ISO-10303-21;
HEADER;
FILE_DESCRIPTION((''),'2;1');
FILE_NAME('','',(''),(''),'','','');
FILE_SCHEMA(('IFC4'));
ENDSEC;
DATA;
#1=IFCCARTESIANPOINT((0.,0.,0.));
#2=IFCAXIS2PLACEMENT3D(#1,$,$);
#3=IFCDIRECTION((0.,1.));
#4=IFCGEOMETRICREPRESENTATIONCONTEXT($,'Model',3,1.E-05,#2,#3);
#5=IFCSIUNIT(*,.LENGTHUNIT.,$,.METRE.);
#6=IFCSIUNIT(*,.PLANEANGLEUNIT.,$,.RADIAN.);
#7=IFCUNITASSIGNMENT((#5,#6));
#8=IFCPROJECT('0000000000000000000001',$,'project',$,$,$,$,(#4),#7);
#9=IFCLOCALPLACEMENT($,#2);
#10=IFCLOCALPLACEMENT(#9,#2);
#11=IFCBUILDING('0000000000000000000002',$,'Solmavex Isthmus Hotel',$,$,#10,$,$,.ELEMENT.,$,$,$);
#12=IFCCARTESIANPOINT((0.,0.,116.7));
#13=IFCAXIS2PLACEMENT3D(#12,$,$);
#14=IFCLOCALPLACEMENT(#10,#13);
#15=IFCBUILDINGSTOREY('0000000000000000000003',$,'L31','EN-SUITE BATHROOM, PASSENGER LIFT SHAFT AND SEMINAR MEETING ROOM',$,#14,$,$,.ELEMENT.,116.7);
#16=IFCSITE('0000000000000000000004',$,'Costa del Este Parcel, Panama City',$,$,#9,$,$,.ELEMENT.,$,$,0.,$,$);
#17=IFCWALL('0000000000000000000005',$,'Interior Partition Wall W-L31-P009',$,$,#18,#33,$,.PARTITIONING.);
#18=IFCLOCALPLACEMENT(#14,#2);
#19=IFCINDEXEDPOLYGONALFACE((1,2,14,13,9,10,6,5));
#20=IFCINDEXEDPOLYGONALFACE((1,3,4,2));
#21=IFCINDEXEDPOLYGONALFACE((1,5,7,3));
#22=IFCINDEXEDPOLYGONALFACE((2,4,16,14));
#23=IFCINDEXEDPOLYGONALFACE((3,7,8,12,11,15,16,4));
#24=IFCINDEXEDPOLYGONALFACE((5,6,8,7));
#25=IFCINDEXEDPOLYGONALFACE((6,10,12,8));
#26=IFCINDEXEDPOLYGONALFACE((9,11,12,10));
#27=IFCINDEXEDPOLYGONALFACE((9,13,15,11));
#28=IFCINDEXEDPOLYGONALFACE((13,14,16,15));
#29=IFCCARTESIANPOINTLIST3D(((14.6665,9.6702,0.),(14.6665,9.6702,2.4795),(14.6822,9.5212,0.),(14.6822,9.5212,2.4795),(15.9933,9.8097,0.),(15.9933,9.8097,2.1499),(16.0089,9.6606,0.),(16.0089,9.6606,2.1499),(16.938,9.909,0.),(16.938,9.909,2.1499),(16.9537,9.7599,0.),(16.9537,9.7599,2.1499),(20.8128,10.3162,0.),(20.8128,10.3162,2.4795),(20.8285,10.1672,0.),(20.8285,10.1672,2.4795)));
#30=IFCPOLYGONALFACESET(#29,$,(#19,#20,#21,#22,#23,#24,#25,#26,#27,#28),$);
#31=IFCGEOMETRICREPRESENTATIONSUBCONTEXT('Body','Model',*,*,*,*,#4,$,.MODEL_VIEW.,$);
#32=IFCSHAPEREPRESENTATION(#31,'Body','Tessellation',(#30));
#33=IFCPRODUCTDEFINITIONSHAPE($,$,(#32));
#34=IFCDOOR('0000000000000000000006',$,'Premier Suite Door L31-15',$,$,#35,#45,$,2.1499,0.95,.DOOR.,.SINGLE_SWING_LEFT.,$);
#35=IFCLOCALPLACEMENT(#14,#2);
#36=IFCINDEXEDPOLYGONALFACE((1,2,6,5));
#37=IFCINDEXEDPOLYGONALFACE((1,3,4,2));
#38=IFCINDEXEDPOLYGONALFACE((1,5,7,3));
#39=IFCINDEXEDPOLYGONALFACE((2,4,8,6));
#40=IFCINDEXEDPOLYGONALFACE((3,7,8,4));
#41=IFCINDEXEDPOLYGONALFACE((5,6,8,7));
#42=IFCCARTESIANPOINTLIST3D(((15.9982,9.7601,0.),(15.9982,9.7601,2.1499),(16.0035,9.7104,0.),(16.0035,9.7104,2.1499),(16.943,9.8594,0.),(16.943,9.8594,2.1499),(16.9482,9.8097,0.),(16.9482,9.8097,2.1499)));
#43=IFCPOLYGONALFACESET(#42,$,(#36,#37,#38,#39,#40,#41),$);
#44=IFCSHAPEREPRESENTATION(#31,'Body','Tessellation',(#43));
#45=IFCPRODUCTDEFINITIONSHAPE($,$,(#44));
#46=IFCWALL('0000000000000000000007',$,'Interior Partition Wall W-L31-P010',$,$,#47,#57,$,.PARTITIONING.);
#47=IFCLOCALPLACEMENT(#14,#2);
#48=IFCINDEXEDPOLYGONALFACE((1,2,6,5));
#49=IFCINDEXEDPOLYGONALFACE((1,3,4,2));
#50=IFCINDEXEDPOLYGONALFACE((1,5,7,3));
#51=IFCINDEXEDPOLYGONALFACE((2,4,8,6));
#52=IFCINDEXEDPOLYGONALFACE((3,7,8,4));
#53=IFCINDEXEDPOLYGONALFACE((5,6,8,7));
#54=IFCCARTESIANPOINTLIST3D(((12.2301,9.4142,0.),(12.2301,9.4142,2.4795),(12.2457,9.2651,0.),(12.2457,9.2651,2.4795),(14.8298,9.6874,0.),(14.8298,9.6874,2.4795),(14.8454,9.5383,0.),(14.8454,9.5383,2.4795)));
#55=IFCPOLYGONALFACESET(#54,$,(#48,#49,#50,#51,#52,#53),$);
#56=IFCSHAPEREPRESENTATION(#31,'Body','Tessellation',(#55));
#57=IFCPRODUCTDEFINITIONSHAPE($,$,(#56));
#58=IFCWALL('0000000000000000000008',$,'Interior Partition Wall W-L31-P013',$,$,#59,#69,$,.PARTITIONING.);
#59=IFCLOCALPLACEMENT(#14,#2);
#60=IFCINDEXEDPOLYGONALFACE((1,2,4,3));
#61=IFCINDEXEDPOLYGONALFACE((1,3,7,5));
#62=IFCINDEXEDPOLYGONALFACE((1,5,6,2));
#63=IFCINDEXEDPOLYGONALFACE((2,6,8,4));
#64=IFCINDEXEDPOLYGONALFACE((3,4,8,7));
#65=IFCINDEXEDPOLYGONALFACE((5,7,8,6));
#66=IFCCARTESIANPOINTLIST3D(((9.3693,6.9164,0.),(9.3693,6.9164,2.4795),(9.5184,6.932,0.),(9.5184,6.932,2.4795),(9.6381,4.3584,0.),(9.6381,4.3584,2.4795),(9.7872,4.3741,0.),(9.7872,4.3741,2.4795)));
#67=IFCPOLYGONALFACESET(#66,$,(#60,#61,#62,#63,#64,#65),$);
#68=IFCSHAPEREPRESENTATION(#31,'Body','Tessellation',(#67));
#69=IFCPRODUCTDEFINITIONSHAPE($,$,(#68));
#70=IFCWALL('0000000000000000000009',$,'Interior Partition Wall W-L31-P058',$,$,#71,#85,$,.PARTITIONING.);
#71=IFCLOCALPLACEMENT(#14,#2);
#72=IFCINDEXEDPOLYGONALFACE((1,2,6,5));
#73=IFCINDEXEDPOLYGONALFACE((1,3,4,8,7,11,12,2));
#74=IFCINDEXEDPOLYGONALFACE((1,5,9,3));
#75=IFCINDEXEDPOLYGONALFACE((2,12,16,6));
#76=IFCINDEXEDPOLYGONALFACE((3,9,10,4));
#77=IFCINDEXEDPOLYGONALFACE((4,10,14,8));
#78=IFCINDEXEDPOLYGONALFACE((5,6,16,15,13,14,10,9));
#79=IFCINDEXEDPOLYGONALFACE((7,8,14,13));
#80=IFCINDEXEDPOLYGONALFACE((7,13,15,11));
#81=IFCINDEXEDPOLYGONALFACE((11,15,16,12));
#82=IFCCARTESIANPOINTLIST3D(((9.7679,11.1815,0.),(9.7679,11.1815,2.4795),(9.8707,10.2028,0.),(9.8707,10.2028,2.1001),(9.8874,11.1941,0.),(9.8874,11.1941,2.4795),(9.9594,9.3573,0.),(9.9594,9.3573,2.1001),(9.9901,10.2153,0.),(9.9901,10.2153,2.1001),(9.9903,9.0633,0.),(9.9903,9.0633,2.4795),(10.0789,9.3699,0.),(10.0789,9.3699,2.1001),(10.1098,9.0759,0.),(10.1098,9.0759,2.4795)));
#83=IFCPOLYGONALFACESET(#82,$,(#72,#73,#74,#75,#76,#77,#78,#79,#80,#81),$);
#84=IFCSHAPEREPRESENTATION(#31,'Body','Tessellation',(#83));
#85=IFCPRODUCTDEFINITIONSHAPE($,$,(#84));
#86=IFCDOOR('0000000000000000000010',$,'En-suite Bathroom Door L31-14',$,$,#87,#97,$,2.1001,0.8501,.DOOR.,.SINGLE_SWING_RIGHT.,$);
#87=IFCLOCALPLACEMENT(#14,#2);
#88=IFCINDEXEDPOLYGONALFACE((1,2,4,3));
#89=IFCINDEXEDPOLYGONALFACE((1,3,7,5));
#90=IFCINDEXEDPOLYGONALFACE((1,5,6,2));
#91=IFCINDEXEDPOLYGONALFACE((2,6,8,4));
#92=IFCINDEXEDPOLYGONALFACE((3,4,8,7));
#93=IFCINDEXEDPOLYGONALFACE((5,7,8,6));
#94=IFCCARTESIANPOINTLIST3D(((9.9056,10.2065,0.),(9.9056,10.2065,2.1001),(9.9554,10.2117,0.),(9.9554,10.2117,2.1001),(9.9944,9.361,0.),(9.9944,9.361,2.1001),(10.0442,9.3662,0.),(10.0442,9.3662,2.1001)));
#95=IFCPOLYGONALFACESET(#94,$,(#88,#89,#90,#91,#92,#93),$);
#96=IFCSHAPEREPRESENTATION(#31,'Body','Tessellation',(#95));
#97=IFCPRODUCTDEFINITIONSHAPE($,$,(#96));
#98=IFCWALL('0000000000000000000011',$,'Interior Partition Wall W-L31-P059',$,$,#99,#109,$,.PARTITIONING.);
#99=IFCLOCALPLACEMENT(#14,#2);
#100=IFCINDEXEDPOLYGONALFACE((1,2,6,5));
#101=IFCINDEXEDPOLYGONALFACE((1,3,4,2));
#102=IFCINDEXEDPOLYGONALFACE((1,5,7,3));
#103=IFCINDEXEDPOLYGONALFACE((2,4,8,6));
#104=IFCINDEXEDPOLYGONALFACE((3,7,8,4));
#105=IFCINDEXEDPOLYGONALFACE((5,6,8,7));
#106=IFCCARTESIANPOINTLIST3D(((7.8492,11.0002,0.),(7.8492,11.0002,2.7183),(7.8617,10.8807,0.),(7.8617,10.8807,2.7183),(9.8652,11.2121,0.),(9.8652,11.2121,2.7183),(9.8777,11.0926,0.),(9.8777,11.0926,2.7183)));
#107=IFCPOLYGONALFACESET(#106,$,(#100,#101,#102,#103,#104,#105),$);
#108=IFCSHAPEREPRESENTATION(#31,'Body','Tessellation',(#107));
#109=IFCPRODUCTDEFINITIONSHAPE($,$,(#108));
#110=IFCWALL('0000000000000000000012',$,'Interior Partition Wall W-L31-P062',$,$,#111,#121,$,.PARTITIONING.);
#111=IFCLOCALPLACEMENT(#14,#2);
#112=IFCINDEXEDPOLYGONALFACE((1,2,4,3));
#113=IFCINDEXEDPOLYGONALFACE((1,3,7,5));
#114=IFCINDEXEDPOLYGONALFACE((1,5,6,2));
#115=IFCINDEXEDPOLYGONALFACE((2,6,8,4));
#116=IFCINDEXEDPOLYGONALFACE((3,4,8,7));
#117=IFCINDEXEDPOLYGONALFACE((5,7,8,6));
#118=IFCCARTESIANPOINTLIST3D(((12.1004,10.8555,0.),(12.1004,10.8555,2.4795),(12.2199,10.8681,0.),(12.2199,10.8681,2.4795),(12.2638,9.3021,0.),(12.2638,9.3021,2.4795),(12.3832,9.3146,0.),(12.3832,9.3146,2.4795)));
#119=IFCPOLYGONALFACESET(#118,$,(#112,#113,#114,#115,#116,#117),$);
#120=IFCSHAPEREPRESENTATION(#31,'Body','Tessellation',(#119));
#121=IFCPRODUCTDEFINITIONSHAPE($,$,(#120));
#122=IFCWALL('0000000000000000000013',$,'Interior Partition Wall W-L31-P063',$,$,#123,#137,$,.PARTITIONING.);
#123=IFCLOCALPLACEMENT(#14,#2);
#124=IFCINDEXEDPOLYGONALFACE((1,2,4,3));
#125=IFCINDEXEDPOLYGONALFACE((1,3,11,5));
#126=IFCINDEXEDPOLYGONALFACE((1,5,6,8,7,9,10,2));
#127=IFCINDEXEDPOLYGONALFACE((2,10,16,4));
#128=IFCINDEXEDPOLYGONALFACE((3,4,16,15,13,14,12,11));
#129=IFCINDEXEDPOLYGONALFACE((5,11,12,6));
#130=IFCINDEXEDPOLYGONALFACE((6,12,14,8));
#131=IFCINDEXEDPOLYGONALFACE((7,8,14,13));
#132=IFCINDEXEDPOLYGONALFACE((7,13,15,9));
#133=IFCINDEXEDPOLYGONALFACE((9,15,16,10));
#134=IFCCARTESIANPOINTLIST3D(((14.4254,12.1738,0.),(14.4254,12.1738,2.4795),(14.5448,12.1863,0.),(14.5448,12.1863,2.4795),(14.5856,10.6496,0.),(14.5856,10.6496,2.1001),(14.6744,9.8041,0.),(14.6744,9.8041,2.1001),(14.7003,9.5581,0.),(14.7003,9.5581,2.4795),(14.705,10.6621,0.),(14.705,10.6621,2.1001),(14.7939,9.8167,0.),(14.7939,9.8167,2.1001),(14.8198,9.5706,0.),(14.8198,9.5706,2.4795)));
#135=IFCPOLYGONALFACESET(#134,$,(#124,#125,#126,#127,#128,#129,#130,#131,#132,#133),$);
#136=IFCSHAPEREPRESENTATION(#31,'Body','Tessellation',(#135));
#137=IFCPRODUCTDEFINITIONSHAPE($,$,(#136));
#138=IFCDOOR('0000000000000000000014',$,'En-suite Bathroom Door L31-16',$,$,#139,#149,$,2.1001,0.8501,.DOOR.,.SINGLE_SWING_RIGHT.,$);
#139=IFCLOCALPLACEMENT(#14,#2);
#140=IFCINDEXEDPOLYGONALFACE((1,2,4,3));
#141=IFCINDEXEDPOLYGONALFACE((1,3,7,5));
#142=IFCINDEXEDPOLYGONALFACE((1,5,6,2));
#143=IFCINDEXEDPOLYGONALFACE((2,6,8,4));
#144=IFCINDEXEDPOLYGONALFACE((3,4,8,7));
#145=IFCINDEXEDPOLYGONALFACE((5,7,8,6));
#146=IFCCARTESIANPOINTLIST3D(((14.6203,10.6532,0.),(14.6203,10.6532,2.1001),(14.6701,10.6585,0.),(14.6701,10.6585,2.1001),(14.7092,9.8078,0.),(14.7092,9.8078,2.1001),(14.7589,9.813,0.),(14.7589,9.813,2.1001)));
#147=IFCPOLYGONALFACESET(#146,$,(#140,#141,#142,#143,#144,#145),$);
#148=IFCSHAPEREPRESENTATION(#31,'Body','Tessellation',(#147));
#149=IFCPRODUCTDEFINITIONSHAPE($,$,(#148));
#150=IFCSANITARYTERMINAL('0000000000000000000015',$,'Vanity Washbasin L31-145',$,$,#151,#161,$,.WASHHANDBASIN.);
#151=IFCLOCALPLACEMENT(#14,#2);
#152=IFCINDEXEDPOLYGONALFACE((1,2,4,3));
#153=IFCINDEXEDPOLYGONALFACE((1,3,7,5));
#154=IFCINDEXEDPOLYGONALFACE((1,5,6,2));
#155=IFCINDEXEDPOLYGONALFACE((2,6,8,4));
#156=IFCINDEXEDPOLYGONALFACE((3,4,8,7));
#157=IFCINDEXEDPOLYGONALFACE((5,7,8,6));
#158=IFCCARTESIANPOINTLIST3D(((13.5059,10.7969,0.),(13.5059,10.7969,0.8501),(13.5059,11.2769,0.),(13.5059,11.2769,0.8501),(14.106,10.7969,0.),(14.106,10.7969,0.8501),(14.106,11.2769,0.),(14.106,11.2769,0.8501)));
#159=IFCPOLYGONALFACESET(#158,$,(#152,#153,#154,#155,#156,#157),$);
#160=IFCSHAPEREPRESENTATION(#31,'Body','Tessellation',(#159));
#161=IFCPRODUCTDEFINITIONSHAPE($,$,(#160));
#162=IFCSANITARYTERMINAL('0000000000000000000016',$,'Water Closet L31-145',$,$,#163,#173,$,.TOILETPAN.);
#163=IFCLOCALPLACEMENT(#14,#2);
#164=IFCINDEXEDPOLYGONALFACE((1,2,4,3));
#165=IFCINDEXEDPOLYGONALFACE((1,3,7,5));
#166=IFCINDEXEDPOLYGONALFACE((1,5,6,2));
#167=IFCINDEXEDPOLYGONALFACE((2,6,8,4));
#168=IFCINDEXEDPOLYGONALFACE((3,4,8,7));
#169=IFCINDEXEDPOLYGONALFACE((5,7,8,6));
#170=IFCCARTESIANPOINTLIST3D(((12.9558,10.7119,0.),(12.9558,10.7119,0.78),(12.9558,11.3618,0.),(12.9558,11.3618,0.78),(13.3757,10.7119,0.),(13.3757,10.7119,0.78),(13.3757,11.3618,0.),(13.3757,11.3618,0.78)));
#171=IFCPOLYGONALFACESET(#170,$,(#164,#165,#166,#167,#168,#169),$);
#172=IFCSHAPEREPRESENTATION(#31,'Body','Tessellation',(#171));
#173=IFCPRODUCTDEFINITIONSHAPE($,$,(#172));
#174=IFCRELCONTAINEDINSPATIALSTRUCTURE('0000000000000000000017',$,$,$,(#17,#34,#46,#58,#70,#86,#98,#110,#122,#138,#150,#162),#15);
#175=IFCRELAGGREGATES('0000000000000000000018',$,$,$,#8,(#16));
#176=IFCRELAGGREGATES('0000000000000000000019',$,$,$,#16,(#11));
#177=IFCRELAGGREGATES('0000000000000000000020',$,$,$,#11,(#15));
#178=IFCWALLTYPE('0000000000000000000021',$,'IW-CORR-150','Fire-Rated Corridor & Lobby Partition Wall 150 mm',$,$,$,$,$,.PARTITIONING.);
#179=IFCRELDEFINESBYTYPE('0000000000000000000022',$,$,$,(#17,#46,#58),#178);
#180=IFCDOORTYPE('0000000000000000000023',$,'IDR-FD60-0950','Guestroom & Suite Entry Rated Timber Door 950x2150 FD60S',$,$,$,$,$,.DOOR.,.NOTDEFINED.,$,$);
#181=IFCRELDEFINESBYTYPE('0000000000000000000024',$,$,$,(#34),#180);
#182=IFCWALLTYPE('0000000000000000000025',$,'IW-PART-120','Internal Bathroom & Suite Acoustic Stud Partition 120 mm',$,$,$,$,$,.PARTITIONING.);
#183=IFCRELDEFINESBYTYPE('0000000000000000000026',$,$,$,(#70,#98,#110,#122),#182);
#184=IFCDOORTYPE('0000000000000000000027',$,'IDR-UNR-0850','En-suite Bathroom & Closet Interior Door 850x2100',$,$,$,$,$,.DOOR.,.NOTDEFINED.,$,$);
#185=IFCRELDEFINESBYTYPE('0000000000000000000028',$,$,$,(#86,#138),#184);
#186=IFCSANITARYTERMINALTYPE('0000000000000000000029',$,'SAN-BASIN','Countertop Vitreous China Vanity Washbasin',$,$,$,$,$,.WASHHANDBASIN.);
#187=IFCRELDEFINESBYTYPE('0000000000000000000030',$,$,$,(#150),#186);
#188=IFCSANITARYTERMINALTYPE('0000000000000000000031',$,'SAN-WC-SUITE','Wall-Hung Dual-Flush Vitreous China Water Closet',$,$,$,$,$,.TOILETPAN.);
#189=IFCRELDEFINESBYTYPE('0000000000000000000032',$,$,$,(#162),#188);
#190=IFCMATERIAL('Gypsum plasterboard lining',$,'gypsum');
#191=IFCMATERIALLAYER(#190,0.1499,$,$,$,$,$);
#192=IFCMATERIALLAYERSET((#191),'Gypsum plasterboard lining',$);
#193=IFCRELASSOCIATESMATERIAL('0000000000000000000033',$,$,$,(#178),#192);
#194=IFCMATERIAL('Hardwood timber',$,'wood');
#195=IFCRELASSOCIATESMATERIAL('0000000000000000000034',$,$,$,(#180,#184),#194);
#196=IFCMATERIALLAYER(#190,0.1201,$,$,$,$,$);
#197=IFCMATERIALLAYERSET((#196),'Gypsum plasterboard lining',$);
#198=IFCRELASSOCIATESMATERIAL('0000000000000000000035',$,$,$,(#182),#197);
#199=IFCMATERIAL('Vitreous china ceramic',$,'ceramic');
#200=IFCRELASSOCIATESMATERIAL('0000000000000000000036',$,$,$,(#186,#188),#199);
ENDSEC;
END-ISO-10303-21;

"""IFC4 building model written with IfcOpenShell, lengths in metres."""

from ifc_helpers import new_model, si_unit, direction, frame, frame_2d, origin, origin_2d, place, context, subcontext, project, spatial, rectangle, extrude, material, layer, layer_set, type_object, element, fill, save


model = new_model("IFC4")

# Units and contexts
model_context = context("Model", 3, precision=1e-05, world=origin(), true_north=direction((0.0, 1.0)))
body_context = subcontext(model_context, "Body", "Model", "MODEL_VIEW")
ifc_project = project(units=[si_unit("LENGTHUNIT", "METRE"), si_unit("PLANEANGLEUNIT", "RADIAN")], contexts=[model_context])

# Site, building, storey
site_placement = place(None, origin())
site = spatial("IfcSite", under=ifc_project, at=site_placement, Name="Costa del Este Parcel, Panama City", CompositionType="ELEMENT", RefElevation=0.0)
building_placement = place(site_placement, origin())
building = spatial("IfcBuilding", under=site, at=building_placement, Name="Solmavex Isthmus Hotel", CompositionType="ELEMENT")
storey_placement = place(building_placement, frame((0.0, 0.0, 116.7)))
storey = spatial("IfcBuildingStorey", under=building, at=storey_placement, Name="L31", Description="EN-SUITE BATHROOM, PASSENGER LIFT SHAFT AND SEMINAR MEETING ROOM", CompositionType="ELEMENT", Elevation=116.7)

# Shared definitions
ifc_material_1 = material(Name="Gypsum plasterboard lining", Category="gypsum")
ifc_layer_1 = layer(ifc_material_1, 0.1499)
ifc_layer_set_1 = layer_set([ifc_layer_1], Name="Gypsum plasterboard lining")
wall_type_1 = type_object("IfcWallType", Name="IW-CORR-150", Description="Fire-Rated Corridor & Lobby Partition Wall 150 mm", PredefinedType="PARTITIONING", material=ifc_layer_set_1)
ifc_material_2 = material(Name="Hardwood timber", Category="wood")
door_type_1 = type_object("IfcDoorType", Name="IDR-FD60-0950", Description="Guestroom & Suite Entry Rated Timber Door 950x2150 FD60S", OperationType="NOTDEFINED", PredefinedType="DOOR", material=ifc_material_2)

# Wall, opening, door
wall_1_placement = place(storey_placement, frame((14.6743, 9.5957, 0.0), z_axis=(0.0, 0.0, 1.0), x_axis=(0.994522, 0.104528, 0.0)))
wall_1 = element("IfcWall", 1, at=wall_1_placement, inside=storey, type_object=wall_type_1, Name="Interior Partition Wall W-L31-P009", PredefinedType="PARTITIONING", context=body_context, shape_type="SweptSolid", body=[
    extrude(rectangle(XDim=6.1802, YDim=0.1499, at=frame_2d((3.0901, 0.0))), origin(), (0.0, 0.0, 1.0), 2.4795),
])
opening_1_placement = place(wall_1_placement, frame((1.334, 0.0, 0.0)))
opening_1 = element("IfcOpeningElement", 2, at=opening_1_placement, cuts=wall_1, PredefinedType="OPENING", context=body_context, shape_type="SweptSolid", body=[
    extrude(rectangle(XDim=0.95, YDim=2.1499, at=frame_2d((0.4751, 1.075))), frame((0.0, 0.085, 0.0), z_axis=(0.0, -1.0, 0.0), x_axis=(1.0, 0.0, 0.0)), (0.0, 0.0, 1.0), 0.1699),
])
door_1_placement = place(opening_1_placement, frame((0.95, 0.0, 0.0), z_axis=(0.0, 0.0, 1.0), x_axis=(-1.0, 0.0, 0.0)))
door_1 = element("IfcDoor", 3, at=door_1_placement, inside=storey, type_object=door_type_1, Name="Premier Suite Door L31-15", OperationType="SINGLE_SWING_LEFT", OverallHeight=2.1499, OverallWidth=0.95, PredefinedType="DOOR", context=body_context, shape_type="SweptSolid", body=[
    extrude(rectangle(XDim=0.95, YDim=2.1499, at=frame_2d((0.4751, 1.075))), frame((0.0, 0.0249, 0.0), z_axis=(0.0, -1.0, 0.0), x_axis=(1.0, 0.0, 0.0)), (0.0, 0.0, 1.0), 0.05),
])
fill(opening_1, door_1)

# Walls
wall_2_placement = place(storey_placement, frame((12.2378, 9.3396, 0.0), z_axis=(0.0, 0.0, 1.0), x_axis=(0.994523, 0.104515, 0.0)))
element("IfcWall", 4, at=wall_2_placement, inside=storey, type_object=wall_type_1, Name="Interior Partition Wall W-L31-P010", PredefinedType="PARTITIONING", context=body_context, shape_type="SweptSolid", body=[
    extrude(rectangle(XDim=2.614, YDim=0.1499, at=frame_2d((1.3071, 0.0))), origin(), (0.0, 0.0, 1.0), 2.4795),
])
wall_3_placement = place(storey_placement, frame((9.4438, 6.9243, 0.0), z_axis=(0.0, 0.0, 1.0), x_axis=(0.104512, -0.994524, 0.0)))
element("IfcWall", 5, at=wall_3_placement, inside=storey, type_object=wall_type_1, Name="Interior Partition Wall W-L31-P013", PredefinedType="PARTITIONING", context=body_context, shape_type="SweptSolid", body=[
    extrude(rectangle(XDim=2.572, YDim=0.1499, at=frame_2d((1.2861, 0.0))), origin(), (0.0, 0.0, 1.0), 2.4795),
])

# Wall, opening, door
ifc_layer_2 = layer(ifc_material_1, 0.1201)
ifc_layer_set_2 = layer_set([ifc_layer_2], Name="Gypsum plasterboard lining")
wall_type_2 = type_object("IfcWallType", Name="IW-PART-120", Description="Internal Bathroom & Suite Acoustic Stud Partition 120 mm", PredefinedType="PARTITIONING", material=ifc_layer_set_2)
wall_4_placement = place(storey_placement, frame((10.05, 9.0696, 0.0), z_axis=(0.0, 0.0, 1.0), x_axis=(-0.104428, 0.994532, 0.0)))
wall_4 = element("IfcWall", 6, at=wall_4_placement, inside=storey, type_object=wall_type_2, Name="Interior Partition Wall W-L31-P058", PredefinedType="PARTITIONING", context=body_context, shape_type="SweptSolid", body=[
    extrude(rectangle(XDim=2.1299, YDim=0.1201, at=frame_2d((1.0649, 0.0))), origin(), (0.0, 0.0, 1.0), 2.4795),
])
opening_2_placement = place(wall_4_placement, frame((0.2957, 0.0, 0.0)))
opening_2 = element("IfcOpeningElement", 7, at=opening_2_placement, cuts=wall_4, PredefinedType="OPENING", context=body_context, shape_type="SweptSolid", body=[
    extrude(rectangle(XDim=0.8501, YDim=2.1001, at=frame_2d((0.425, 1.05))), frame((0.0, 0.0701, 0.0), z_axis=(0.0, -1.0, 0.0), x_axis=(1.0, 0.0, 0.0)), (0.0, 0.0, 1.0), 0.1401),
])
door_type_2 = type_object("IfcDoorType", Name="IDR-UNR-0850", Description="En-suite Bathroom & Closet Interior Door 850x2100", OperationType="NOTDEFINED", PredefinedType="DOOR", material=ifc_material_2)
door_2_placement = place(opening_2_placement, origin())
door_2 = element("IfcDoor", 8, at=door_2_placement, inside=storey, type_object=door_type_2, Name="En-suite Bathroom Door L31-14", OperationType="SINGLE_SWING_RIGHT", OverallHeight=2.1001, OverallWidth=0.8501, PredefinedType="DOOR", context=body_context, shape_type="SweptSolid", body=[
    extrude(rectangle(XDim=0.8501, YDim=2.1001, at=frame_2d((0.425, 1.05))), frame((0.0, 0.0249, 0.0), z_axis=(0.0, -1.0, 0.0), x_axis=(1.0, 0.0, 0.0)), (0.0, 0.0, 1.0), 0.05),
])
fill(opening_2, door_2)

# Walls
wall_5_placement = place(storey_placement, frame((9.8716, 11.1523, 0.0), z_axis=(0.0, 0.0, 1.0), x_axis=(-0.994521, -0.104534, 0.0)))
element("IfcWall", 9, at=wall_5_placement, inside=storey, type_object=wall_type_2, Name="Interior Partition Wall W-L31-P059", PredefinedType="PARTITIONING", context=body_context, shape_type="SweptSolid", body=[
    extrude(rectangle(XDim=2.0271, YDim=0.1201, at=frame_2d((1.0137, 0.0))), origin(), (0.0, 0.0, 1.0), 2.7183),
])
wall_6_placement = place(storey_placement, frame((12.1602, 10.8618, 0.0), z_axis=(0.0, 0.0, 1.0), x_axis=(0.104563, -0.994518, 0.0)))
element("IfcWall", 10, at=wall_6_placement, inside=storey, type_object=wall_type_2, Name="Interior Partition Wall W-L31-P062", PredefinedType="PARTITIONING", context=body_context, shape_type="SweptSolid", body=[
    extrude(rectangle(XDim=1.562, YDim=0.1201, at=frame_2d((0.781, 0.0))), origin(), (0.0, 0.0, 1.0), 2.4795),
])

# Wall, opening, door
wall_7_placement = place(storey_placement, frame((14.76, 9.5645, 0.0), z_axis=(0.0, 0.0, 1.0), x_axis=(-0.10452, 0.994523, 0.0)))
wall_7 = element("IfcWall", 11, at=wall_7_placement, inside=storey, type_object=wall_type_2, Name="Interior Partition Wall W-L31-P063", PredefinedType="PARTITIONING", context=body_context, shape_type="SweptSolid", body=[
    extrude(rectangle(XDim=2.6301, YDim=0.1201, at=frame_2d((1.3149, 0.0))), origin(), (0.0, 0.0, 1.0), 2.4795),
])
opening_3_placement = place(wall_7_placement, frame((0.2473, 0.0, 0.0)))
opening_3 = element("IfcOpeningElement", 12, at=opening_3_placement, cuts=wall_7, PredefinedType="OPENING", context=body_context, shape_type="SweptSolid", body=[
    extrude(rectangle(XDim=0.8501, YDim=2.1001, at=frame_2d((0.425, 1.05))), frame((0.0, 0.0701, 0.0), z_axis=(0.0, -1.0, 0.0), x_axis=(1.0, 0.0, 0.0)), (0.0, 0.0, 1.0), 0.1401),
])
door_3_placement = place(opening_3_placement, frame((0.8501, 0.0, 0.0), z_axis=(0.0, 0.0, 1.0), x_axis=(-1.0, 0.0, 0.0)))
door_3 = element("IfcDoor", 13, at=door_3_placement, inside=storey, type_object=door_type_2, Name="En-suite Bathroom Door L31-16", OperationType="SINGLE_SWING_RIGHT", OverallHeight=2.1001, OverallWidth=0.8501, PredefinedType="DOOR", context=body_context, shape_type="SweptSolid", body=[
    extrude(rectangle(XDim=0.8501, YDim=2.1001, at=frame_2d((0.425, 1.05))), frame((0.0, 0.0249, 0.0), z_axis=(0.0, -1.0, 0.0), x_axis=(1.0, 0.0, 0.0)), (0.0, 0.0, 1.0), 0.05),
])
fill(opening_3, door_3)

# Sanitary terminals
ifc_material_3 = material(Name="Vitreous china ceramic", Category="ceramic")
sanitary_terminal_type_1 = type_object("IfcSanitaryTerminalType", Name="SAN-BASIN", Description="Countertop Vitreous China Vanity Washbasin", PredefinedType="WASHHANDBASIN", material=ifc_material_3)
sanitary_terminal_1_placement = place(storey_placement, frame((13.8059, 11.0369, 0.0), z_axis=(0.0, 0.0, 1.0), x_axis=(1.0, 0.0, 0.0)))
element("IfcSanitaryTerminal", 14, at=sanitary_terminal_1_placement, inside=storey, type_object=sanitary_terminal_type_1, Name="Vanity Washbasin L31-145", PredefinedType="WASHHANDBASIN", context=body_context, shape_type="SweptSolid", body=[
    extrude(rectangle(XDim=0.6001, YDim=0.48, at=origin_2d()), origin(), (0.0, 0.0, 1.0), 0.8501),
])
sanitary_terminal_type_2 = type_object("IfcSanitaryTerminalType", Name="SAN-WC-SUITE", Description="Wall-Hung Dual-Flush Vitreous China Water Closet", PredefinedType="TOILETPAN", material=ifc_material_3)
sanitary_terminal_2_placement = place(storey_placement, frame((13.1658, 11.0369, 0.0), z_axis=(0.0, 0.0, 1.0), x_axis=(1.0, 0.0, 0.0)))
element("IfcSanitaryTerminal", 15, at=sanitary_terminal_2_placement, inside=storey, type_object=sanitary_terminal_type_2, Name="Water Closet L31-145", PredefinedType="TOILETPAN", context=body_context, shape_type="SweptSolid", body=[
    extrude(rectangle(XDim=0.4199, YDim=0.6499, at=origin_2d()), origin(), (0.0, 0.0, 1.0), 0.78),
])

save(model, "model.ifc")
